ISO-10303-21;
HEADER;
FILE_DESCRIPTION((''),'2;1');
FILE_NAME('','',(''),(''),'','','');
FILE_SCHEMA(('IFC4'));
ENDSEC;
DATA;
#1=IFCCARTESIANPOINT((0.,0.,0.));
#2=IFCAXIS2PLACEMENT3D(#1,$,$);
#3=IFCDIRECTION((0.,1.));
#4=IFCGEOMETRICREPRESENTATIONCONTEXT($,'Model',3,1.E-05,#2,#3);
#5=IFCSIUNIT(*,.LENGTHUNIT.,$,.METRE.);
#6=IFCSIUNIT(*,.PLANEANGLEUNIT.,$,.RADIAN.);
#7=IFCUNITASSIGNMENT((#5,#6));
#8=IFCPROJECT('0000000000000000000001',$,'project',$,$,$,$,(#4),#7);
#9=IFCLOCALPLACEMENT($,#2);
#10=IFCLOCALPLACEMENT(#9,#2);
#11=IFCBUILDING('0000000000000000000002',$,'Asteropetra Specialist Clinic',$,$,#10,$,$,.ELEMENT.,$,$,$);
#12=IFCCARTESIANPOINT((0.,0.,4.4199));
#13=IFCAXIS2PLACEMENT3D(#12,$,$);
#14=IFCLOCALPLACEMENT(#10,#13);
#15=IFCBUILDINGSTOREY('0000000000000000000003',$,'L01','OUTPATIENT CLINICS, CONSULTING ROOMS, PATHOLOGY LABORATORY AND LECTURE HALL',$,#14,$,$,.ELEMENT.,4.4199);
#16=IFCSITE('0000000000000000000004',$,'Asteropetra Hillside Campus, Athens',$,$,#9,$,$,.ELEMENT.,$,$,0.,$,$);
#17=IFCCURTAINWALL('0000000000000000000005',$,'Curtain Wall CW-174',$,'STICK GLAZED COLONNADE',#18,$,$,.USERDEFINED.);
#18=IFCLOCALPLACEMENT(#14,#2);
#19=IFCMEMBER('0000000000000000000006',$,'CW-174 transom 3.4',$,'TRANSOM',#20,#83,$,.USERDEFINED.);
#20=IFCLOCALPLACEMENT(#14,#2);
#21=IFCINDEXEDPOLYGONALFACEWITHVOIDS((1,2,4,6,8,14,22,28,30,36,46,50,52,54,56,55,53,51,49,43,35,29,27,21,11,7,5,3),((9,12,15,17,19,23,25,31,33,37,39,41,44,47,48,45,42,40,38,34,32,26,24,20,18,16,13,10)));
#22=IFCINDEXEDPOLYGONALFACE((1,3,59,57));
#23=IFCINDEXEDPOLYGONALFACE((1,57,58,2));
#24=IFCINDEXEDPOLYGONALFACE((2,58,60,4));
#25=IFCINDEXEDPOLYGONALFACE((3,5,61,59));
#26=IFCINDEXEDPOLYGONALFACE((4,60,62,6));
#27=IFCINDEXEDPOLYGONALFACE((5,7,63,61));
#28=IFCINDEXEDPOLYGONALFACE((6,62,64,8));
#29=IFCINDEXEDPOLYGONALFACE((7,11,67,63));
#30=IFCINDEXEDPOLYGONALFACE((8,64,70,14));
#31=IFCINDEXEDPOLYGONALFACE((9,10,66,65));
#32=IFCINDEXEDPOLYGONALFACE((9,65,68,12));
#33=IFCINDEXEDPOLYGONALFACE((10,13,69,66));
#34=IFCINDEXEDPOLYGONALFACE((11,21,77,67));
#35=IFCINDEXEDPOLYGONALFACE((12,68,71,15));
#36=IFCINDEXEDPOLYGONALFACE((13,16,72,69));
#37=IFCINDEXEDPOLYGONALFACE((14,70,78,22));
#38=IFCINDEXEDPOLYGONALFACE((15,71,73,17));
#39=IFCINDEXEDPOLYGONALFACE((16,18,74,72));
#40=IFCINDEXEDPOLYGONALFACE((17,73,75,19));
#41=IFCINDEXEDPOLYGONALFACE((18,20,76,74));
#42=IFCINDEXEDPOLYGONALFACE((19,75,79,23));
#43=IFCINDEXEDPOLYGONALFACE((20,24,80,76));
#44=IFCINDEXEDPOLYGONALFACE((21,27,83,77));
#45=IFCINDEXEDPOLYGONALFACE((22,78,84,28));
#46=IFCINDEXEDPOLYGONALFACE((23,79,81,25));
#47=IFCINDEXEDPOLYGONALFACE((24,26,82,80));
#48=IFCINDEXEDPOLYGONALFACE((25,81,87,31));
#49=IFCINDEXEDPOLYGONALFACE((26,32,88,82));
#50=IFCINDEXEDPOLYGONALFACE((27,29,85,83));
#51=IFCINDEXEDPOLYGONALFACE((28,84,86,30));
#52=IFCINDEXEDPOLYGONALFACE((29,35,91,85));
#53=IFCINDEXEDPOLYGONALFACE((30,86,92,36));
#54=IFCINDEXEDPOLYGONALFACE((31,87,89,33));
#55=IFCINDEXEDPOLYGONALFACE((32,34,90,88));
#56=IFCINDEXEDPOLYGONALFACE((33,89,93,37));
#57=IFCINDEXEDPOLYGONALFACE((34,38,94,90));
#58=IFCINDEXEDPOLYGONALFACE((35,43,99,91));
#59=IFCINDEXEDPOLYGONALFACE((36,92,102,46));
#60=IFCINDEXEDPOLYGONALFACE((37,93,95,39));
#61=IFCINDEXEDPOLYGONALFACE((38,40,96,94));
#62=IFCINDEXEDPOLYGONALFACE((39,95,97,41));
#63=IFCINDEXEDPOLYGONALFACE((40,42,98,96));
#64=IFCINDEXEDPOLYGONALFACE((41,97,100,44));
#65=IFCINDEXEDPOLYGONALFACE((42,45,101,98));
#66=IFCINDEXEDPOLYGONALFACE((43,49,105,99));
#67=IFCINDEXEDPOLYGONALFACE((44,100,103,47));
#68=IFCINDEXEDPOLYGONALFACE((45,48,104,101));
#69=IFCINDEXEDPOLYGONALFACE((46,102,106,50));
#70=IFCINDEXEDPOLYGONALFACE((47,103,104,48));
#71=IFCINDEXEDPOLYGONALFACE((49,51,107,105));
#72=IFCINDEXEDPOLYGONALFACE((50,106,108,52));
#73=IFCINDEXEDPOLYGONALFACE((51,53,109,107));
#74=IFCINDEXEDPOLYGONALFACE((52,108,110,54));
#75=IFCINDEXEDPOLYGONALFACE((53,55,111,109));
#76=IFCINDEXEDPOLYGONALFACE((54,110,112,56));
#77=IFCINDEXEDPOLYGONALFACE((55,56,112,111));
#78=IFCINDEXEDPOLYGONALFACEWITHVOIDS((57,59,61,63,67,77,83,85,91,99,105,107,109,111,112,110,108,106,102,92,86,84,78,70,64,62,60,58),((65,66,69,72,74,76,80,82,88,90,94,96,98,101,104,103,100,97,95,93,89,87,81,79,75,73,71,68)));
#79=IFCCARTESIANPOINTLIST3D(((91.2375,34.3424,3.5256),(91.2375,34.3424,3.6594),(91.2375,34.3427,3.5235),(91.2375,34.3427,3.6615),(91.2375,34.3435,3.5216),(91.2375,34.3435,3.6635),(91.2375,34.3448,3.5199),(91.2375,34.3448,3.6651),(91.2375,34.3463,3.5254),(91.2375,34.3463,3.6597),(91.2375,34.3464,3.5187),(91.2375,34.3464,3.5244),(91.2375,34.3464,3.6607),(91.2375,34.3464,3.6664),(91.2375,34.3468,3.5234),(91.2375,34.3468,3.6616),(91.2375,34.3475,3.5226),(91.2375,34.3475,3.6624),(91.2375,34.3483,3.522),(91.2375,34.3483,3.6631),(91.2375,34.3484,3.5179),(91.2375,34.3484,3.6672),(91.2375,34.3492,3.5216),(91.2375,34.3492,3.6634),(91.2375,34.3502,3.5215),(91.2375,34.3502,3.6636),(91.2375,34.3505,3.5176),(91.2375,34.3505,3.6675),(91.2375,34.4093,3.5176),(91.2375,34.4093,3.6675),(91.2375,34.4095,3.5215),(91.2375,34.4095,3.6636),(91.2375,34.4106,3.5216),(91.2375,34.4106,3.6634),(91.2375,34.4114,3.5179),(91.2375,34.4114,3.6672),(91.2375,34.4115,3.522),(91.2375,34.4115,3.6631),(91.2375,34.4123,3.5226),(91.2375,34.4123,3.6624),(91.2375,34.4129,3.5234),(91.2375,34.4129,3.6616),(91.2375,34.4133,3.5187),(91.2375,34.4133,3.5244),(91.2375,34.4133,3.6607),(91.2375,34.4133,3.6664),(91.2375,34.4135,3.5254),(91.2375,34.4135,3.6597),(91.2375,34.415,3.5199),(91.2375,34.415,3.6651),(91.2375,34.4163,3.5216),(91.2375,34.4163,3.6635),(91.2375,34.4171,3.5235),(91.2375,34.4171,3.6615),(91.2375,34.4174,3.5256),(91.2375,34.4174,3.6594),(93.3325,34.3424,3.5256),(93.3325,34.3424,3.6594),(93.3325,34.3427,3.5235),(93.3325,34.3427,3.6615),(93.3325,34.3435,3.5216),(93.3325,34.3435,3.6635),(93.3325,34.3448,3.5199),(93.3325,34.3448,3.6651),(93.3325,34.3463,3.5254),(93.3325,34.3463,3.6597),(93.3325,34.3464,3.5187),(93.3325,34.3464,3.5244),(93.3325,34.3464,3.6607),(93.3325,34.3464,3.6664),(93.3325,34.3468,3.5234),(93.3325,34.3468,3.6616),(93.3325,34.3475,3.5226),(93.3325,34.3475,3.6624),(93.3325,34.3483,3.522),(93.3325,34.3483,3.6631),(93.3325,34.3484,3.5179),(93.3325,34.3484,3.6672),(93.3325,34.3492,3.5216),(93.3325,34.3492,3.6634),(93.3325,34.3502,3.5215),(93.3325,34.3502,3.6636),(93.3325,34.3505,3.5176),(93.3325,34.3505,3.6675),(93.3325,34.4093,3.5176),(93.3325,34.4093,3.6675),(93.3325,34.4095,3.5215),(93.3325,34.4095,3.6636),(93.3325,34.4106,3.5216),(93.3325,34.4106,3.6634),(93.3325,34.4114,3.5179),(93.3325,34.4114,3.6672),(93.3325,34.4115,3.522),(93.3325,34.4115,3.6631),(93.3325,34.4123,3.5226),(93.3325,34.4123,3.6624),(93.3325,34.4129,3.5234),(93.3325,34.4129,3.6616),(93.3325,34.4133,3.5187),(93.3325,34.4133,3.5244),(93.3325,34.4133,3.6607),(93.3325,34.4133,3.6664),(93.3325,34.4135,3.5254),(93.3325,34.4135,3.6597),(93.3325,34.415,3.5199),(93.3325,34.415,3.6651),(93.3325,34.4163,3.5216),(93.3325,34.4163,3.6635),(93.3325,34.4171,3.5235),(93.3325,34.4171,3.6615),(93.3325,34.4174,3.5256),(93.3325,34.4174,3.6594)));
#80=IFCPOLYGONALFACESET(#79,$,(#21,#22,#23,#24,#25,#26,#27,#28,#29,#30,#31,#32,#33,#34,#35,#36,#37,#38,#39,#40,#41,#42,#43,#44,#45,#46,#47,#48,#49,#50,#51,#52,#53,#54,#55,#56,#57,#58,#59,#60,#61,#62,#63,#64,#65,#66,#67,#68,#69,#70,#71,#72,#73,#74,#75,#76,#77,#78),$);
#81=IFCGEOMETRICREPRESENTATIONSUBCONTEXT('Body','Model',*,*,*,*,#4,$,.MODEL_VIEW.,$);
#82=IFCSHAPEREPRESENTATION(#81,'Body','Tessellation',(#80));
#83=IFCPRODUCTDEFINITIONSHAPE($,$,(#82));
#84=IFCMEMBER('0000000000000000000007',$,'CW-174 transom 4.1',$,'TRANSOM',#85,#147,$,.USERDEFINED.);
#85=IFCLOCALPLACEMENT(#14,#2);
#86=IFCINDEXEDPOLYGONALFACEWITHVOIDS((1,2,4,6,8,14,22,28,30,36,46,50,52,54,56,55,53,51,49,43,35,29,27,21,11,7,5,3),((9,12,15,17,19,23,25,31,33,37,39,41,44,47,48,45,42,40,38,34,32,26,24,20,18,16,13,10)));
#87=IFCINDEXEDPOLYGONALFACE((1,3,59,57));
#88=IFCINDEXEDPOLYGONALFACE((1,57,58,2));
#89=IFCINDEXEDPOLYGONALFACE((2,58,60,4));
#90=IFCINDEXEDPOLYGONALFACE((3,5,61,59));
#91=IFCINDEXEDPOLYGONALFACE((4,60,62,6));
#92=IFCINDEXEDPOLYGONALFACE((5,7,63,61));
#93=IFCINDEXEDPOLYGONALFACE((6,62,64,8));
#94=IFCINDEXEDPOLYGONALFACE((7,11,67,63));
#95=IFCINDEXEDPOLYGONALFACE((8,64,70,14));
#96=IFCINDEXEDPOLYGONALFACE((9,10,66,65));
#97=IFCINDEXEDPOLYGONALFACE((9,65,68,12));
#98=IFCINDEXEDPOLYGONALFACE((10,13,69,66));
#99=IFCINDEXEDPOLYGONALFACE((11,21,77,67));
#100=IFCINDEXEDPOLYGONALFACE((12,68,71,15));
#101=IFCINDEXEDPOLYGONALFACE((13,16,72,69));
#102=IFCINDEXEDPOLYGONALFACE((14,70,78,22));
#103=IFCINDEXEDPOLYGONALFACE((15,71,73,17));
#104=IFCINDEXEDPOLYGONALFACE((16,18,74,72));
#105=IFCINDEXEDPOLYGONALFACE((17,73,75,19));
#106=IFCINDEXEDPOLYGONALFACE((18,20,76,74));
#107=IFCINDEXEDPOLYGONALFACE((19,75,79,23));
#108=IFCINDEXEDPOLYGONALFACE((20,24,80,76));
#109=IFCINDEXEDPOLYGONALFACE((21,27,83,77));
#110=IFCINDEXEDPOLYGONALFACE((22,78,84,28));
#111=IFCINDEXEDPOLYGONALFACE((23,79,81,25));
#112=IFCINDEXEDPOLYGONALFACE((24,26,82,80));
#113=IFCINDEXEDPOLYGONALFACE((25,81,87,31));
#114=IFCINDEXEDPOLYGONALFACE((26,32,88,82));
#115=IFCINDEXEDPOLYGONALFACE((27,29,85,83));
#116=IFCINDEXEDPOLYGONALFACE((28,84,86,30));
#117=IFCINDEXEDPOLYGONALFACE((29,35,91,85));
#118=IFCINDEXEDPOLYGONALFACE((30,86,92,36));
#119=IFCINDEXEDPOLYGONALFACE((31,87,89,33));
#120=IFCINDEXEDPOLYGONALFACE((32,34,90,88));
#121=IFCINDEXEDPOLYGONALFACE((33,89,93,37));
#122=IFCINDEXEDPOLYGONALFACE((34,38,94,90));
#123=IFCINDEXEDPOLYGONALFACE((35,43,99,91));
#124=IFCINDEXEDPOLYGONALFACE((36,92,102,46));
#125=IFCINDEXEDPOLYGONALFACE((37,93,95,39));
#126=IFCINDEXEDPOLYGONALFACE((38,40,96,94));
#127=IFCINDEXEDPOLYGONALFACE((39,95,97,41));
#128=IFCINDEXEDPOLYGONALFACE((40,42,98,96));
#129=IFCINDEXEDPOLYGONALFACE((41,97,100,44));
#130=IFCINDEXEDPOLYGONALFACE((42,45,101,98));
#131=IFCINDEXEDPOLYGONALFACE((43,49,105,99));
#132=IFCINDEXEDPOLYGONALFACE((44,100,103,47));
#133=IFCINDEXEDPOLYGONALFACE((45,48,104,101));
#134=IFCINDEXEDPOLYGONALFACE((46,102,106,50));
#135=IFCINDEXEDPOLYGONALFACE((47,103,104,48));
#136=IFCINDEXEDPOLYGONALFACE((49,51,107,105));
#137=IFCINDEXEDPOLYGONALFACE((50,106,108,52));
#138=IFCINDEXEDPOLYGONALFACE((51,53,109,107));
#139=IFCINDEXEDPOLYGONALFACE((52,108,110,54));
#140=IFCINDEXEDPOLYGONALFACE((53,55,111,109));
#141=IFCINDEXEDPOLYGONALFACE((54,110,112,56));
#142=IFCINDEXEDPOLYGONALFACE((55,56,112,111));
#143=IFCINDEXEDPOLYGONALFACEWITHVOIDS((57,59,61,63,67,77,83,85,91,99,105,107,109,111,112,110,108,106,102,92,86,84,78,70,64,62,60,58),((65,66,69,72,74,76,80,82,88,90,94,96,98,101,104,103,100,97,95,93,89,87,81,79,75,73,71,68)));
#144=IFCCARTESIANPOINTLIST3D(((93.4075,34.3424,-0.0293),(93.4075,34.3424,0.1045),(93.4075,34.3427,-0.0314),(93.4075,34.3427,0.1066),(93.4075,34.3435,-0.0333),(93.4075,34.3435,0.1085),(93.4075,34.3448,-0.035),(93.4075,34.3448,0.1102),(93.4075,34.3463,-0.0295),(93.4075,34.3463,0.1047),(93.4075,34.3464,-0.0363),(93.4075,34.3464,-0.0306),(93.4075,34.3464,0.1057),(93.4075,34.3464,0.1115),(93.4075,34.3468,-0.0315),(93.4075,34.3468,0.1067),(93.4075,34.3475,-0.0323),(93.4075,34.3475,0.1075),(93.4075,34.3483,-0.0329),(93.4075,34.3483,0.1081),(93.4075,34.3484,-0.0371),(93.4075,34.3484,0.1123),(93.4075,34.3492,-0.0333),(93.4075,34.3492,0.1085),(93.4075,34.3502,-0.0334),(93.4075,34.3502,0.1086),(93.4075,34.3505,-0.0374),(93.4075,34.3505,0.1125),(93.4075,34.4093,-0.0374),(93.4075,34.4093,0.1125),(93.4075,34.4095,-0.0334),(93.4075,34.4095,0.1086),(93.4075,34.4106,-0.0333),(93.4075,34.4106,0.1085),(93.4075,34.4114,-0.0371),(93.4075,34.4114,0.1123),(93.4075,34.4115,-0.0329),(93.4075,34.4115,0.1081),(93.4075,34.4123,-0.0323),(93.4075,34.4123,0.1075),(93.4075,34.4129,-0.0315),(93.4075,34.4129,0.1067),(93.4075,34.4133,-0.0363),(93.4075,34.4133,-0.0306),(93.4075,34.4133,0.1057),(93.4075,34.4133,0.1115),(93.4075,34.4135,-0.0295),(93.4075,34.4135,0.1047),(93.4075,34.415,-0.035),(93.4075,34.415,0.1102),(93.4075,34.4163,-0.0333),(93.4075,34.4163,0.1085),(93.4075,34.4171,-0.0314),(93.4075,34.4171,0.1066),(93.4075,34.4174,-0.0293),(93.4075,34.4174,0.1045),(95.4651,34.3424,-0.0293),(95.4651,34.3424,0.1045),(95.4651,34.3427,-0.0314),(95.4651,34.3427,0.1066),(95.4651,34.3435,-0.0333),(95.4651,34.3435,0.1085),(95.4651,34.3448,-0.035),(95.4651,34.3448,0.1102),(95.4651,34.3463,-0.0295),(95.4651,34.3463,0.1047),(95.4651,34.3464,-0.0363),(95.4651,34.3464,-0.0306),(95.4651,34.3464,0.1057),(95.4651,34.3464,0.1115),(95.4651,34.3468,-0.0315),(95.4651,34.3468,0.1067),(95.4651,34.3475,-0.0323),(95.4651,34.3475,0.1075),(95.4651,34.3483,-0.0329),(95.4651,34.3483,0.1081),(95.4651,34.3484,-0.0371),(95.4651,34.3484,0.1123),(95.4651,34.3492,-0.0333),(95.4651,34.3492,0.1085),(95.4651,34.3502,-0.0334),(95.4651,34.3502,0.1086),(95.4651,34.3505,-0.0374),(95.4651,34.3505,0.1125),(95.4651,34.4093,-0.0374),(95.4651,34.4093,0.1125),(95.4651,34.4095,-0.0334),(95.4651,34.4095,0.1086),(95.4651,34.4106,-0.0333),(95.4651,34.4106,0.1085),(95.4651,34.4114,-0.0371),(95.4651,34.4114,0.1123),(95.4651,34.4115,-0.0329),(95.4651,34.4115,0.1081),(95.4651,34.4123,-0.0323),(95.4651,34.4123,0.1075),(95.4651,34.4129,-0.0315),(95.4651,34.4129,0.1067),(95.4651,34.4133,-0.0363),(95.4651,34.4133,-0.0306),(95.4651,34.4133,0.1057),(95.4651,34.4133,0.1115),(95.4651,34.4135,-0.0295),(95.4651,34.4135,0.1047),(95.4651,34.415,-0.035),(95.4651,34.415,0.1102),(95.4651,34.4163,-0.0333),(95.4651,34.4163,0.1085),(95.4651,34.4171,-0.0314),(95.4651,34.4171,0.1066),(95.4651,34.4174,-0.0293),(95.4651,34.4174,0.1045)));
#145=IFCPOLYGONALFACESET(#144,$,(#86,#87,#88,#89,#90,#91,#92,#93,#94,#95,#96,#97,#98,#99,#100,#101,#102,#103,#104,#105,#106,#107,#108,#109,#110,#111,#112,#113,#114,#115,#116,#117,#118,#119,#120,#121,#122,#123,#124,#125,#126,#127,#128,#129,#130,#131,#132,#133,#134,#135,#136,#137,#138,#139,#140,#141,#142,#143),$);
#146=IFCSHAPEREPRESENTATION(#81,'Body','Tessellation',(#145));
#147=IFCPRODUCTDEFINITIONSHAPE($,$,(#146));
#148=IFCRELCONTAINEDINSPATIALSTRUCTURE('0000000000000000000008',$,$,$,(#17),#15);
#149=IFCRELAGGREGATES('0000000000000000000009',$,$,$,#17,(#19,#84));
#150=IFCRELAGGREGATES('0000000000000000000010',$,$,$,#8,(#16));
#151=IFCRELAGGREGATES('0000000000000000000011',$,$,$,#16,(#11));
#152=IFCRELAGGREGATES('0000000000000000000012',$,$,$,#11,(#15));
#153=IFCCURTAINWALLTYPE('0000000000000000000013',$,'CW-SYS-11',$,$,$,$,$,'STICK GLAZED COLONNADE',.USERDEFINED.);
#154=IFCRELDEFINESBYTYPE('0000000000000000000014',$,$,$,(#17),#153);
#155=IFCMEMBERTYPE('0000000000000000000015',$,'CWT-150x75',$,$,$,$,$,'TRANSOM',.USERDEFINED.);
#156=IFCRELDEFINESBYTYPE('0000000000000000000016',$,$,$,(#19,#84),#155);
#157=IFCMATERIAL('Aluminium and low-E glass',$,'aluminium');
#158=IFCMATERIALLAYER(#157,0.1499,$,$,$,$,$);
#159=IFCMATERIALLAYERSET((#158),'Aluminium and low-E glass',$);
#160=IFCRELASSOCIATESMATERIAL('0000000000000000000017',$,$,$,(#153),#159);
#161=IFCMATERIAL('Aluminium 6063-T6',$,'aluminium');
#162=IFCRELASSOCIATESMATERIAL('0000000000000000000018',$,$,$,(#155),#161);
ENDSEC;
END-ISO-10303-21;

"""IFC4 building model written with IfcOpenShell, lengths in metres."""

from ifc_helpers import new_model, si_unit, direction, frame, origin, origin_2d, place, context, subcontext, project, spatial, hollow_rectangle, extrude, material, layer, layer_set, material_profile, profile_set, type_object, element, aggregate, save


model = new_model("IFC4")

# Units and contexts
model_context = context("Model", 3, precision=1e-05, world=origin(), true_north=direction((0.0, 1.0)))
body_context = subcontext(model_context, "Body", "Model", "MODEL_VIEW")
ifc_project = project(units=[si_unit("LENGTHUNIT", "METRE"), si_unit("PLANEANGLEUNIT", "RADIAN")], contexts=[model_context])

# Site, building, storey
site_placement = place(None, origin())
site = spatial("IfcSite", under=ifc_project, at=site_placement, Name="Asteropetra Hillside Campus, Athens", CompositionType="ELEMENT", RefElevation=0.0)
building_placement = place(site_placement, origin())
building = spatial("IfcBuilding", under=site, at=building_placement, Name="Asteropetra Specialist Clinic", CompositionType="ELEMENT")
storey_placement = place(building_placement, frame((0.0, 0.0, 4.4199)))
storey = spatial("IfcBuildingStorey", under=building, at=storey_placement, Name="L01", Description="OUTPATIENT CLINICS, CONSULTING ROOMS, PATHOLOGY LABORATORY AND LECTURE HALL", CompositionType="ELEMENT", Elevation=4.4199)

# Shared definitions
ifc_material_1 = material(Name="Aluminium and low-E glass", Category="aluminium")
ifc_layer_1 = layer(ifc_material_1, 0.1499)
ifc_layer_set_1 = layer_set([ifc_layer_1], Name="Aluminium and low-E glass")
curtain_wall_type = type_object("IfcCurtainWallType", Name="CW-SYS-11", ElementType="STICK GLAZED COLONNADE", PredefinedType="USERDEFINED", material=ifc_layer_set_1)

# Curtain wall
curtain_wall_1_placement = place(storey_placement, origin())
curtain_wall_1 = element("IfcCurtainWall", 1, at=curtain_wall_1_placement, inside=storey, type_object=curtain_wall_type, Name="Curtain Wall CW-174", ObjectType="STICK GLAZED COLONNADE", PredefinedType="USERDEFINED")

# Members
ifc_material_2 = material(Name="Aluminium 6063-T6", Category="aluminium")
ifc_material_profile_1 = material_profile(ifc_material_2, hollow_rectangle(XDim=0.075, YDim=0.1499, WallThickness=0.0039, InnerFilletRadius=0.0039, OuterFilletRadius=0.0081, at=origin_2d()), Name="TRN 150x75x4.0")
ifc_profile_set_1 = profile_set([ifc_material_profile_1], Name="Aluminium 6063-T6")
member_type_1 = type_object("IfcMemberType", Name="CWT-150x75", ElementType="TRANSOM", PredefinedType="USERDEFINED", material=ifc_profile_set_1)
member_1_placement = place(storey_placement, frame((91.2375, 34.3799, 3.5925), z_axis=(1.0, 0.0, 0.0), x_axis=(0.0, 1.0, 0.0)))
member_1 = element("IfcMember", 2, at=member_1_placement, type_object=member_type_1, Name="CW-174 transom 3.4", ObjectType="TRANSOM", PredefinedType="USERDEFINED", context=body_context, shape_type="SweptSolid", body=[
    extrude(hollow_rectangle(XDim=0.075, YDim=0.1499, WallThickness=0.0039, InnerFilletRadius=0.0039, OuterFilletRadius=0.0081, at=origin_2d()), origin(), (0.0, 0.0, 1.0), 2.095),
])
member_2_placement = place(storey_placement, frame((93.4075, 34.3799, 0.0376), z_axis=(1.0, 0.0, 0.0), x_axis=(0.0, 1.0, 0.0)))
member_2 = element("IfcMember", 3, at=member_2_placement, type_object=member_type_1, Name="CW-174 transom 4.1", ObjectType="TRANSOM", PredefinedType="USERDEFINED", context=body_context, shape_type="SweptSolid", body=[
    extrude(hollow_rectangle(XDim=0.075, YDim=0.1499, WallThickness=0.0039, InnerFilletRadius=0.0039, OuterFilletRadius=0.0081, at=origin_2d()), origin(), (0.0, 0.0, 1.0), 2.0576),
])

aggregate(curtain_wall_1, [member_1, member_2])

save(model, "model.ifc")
